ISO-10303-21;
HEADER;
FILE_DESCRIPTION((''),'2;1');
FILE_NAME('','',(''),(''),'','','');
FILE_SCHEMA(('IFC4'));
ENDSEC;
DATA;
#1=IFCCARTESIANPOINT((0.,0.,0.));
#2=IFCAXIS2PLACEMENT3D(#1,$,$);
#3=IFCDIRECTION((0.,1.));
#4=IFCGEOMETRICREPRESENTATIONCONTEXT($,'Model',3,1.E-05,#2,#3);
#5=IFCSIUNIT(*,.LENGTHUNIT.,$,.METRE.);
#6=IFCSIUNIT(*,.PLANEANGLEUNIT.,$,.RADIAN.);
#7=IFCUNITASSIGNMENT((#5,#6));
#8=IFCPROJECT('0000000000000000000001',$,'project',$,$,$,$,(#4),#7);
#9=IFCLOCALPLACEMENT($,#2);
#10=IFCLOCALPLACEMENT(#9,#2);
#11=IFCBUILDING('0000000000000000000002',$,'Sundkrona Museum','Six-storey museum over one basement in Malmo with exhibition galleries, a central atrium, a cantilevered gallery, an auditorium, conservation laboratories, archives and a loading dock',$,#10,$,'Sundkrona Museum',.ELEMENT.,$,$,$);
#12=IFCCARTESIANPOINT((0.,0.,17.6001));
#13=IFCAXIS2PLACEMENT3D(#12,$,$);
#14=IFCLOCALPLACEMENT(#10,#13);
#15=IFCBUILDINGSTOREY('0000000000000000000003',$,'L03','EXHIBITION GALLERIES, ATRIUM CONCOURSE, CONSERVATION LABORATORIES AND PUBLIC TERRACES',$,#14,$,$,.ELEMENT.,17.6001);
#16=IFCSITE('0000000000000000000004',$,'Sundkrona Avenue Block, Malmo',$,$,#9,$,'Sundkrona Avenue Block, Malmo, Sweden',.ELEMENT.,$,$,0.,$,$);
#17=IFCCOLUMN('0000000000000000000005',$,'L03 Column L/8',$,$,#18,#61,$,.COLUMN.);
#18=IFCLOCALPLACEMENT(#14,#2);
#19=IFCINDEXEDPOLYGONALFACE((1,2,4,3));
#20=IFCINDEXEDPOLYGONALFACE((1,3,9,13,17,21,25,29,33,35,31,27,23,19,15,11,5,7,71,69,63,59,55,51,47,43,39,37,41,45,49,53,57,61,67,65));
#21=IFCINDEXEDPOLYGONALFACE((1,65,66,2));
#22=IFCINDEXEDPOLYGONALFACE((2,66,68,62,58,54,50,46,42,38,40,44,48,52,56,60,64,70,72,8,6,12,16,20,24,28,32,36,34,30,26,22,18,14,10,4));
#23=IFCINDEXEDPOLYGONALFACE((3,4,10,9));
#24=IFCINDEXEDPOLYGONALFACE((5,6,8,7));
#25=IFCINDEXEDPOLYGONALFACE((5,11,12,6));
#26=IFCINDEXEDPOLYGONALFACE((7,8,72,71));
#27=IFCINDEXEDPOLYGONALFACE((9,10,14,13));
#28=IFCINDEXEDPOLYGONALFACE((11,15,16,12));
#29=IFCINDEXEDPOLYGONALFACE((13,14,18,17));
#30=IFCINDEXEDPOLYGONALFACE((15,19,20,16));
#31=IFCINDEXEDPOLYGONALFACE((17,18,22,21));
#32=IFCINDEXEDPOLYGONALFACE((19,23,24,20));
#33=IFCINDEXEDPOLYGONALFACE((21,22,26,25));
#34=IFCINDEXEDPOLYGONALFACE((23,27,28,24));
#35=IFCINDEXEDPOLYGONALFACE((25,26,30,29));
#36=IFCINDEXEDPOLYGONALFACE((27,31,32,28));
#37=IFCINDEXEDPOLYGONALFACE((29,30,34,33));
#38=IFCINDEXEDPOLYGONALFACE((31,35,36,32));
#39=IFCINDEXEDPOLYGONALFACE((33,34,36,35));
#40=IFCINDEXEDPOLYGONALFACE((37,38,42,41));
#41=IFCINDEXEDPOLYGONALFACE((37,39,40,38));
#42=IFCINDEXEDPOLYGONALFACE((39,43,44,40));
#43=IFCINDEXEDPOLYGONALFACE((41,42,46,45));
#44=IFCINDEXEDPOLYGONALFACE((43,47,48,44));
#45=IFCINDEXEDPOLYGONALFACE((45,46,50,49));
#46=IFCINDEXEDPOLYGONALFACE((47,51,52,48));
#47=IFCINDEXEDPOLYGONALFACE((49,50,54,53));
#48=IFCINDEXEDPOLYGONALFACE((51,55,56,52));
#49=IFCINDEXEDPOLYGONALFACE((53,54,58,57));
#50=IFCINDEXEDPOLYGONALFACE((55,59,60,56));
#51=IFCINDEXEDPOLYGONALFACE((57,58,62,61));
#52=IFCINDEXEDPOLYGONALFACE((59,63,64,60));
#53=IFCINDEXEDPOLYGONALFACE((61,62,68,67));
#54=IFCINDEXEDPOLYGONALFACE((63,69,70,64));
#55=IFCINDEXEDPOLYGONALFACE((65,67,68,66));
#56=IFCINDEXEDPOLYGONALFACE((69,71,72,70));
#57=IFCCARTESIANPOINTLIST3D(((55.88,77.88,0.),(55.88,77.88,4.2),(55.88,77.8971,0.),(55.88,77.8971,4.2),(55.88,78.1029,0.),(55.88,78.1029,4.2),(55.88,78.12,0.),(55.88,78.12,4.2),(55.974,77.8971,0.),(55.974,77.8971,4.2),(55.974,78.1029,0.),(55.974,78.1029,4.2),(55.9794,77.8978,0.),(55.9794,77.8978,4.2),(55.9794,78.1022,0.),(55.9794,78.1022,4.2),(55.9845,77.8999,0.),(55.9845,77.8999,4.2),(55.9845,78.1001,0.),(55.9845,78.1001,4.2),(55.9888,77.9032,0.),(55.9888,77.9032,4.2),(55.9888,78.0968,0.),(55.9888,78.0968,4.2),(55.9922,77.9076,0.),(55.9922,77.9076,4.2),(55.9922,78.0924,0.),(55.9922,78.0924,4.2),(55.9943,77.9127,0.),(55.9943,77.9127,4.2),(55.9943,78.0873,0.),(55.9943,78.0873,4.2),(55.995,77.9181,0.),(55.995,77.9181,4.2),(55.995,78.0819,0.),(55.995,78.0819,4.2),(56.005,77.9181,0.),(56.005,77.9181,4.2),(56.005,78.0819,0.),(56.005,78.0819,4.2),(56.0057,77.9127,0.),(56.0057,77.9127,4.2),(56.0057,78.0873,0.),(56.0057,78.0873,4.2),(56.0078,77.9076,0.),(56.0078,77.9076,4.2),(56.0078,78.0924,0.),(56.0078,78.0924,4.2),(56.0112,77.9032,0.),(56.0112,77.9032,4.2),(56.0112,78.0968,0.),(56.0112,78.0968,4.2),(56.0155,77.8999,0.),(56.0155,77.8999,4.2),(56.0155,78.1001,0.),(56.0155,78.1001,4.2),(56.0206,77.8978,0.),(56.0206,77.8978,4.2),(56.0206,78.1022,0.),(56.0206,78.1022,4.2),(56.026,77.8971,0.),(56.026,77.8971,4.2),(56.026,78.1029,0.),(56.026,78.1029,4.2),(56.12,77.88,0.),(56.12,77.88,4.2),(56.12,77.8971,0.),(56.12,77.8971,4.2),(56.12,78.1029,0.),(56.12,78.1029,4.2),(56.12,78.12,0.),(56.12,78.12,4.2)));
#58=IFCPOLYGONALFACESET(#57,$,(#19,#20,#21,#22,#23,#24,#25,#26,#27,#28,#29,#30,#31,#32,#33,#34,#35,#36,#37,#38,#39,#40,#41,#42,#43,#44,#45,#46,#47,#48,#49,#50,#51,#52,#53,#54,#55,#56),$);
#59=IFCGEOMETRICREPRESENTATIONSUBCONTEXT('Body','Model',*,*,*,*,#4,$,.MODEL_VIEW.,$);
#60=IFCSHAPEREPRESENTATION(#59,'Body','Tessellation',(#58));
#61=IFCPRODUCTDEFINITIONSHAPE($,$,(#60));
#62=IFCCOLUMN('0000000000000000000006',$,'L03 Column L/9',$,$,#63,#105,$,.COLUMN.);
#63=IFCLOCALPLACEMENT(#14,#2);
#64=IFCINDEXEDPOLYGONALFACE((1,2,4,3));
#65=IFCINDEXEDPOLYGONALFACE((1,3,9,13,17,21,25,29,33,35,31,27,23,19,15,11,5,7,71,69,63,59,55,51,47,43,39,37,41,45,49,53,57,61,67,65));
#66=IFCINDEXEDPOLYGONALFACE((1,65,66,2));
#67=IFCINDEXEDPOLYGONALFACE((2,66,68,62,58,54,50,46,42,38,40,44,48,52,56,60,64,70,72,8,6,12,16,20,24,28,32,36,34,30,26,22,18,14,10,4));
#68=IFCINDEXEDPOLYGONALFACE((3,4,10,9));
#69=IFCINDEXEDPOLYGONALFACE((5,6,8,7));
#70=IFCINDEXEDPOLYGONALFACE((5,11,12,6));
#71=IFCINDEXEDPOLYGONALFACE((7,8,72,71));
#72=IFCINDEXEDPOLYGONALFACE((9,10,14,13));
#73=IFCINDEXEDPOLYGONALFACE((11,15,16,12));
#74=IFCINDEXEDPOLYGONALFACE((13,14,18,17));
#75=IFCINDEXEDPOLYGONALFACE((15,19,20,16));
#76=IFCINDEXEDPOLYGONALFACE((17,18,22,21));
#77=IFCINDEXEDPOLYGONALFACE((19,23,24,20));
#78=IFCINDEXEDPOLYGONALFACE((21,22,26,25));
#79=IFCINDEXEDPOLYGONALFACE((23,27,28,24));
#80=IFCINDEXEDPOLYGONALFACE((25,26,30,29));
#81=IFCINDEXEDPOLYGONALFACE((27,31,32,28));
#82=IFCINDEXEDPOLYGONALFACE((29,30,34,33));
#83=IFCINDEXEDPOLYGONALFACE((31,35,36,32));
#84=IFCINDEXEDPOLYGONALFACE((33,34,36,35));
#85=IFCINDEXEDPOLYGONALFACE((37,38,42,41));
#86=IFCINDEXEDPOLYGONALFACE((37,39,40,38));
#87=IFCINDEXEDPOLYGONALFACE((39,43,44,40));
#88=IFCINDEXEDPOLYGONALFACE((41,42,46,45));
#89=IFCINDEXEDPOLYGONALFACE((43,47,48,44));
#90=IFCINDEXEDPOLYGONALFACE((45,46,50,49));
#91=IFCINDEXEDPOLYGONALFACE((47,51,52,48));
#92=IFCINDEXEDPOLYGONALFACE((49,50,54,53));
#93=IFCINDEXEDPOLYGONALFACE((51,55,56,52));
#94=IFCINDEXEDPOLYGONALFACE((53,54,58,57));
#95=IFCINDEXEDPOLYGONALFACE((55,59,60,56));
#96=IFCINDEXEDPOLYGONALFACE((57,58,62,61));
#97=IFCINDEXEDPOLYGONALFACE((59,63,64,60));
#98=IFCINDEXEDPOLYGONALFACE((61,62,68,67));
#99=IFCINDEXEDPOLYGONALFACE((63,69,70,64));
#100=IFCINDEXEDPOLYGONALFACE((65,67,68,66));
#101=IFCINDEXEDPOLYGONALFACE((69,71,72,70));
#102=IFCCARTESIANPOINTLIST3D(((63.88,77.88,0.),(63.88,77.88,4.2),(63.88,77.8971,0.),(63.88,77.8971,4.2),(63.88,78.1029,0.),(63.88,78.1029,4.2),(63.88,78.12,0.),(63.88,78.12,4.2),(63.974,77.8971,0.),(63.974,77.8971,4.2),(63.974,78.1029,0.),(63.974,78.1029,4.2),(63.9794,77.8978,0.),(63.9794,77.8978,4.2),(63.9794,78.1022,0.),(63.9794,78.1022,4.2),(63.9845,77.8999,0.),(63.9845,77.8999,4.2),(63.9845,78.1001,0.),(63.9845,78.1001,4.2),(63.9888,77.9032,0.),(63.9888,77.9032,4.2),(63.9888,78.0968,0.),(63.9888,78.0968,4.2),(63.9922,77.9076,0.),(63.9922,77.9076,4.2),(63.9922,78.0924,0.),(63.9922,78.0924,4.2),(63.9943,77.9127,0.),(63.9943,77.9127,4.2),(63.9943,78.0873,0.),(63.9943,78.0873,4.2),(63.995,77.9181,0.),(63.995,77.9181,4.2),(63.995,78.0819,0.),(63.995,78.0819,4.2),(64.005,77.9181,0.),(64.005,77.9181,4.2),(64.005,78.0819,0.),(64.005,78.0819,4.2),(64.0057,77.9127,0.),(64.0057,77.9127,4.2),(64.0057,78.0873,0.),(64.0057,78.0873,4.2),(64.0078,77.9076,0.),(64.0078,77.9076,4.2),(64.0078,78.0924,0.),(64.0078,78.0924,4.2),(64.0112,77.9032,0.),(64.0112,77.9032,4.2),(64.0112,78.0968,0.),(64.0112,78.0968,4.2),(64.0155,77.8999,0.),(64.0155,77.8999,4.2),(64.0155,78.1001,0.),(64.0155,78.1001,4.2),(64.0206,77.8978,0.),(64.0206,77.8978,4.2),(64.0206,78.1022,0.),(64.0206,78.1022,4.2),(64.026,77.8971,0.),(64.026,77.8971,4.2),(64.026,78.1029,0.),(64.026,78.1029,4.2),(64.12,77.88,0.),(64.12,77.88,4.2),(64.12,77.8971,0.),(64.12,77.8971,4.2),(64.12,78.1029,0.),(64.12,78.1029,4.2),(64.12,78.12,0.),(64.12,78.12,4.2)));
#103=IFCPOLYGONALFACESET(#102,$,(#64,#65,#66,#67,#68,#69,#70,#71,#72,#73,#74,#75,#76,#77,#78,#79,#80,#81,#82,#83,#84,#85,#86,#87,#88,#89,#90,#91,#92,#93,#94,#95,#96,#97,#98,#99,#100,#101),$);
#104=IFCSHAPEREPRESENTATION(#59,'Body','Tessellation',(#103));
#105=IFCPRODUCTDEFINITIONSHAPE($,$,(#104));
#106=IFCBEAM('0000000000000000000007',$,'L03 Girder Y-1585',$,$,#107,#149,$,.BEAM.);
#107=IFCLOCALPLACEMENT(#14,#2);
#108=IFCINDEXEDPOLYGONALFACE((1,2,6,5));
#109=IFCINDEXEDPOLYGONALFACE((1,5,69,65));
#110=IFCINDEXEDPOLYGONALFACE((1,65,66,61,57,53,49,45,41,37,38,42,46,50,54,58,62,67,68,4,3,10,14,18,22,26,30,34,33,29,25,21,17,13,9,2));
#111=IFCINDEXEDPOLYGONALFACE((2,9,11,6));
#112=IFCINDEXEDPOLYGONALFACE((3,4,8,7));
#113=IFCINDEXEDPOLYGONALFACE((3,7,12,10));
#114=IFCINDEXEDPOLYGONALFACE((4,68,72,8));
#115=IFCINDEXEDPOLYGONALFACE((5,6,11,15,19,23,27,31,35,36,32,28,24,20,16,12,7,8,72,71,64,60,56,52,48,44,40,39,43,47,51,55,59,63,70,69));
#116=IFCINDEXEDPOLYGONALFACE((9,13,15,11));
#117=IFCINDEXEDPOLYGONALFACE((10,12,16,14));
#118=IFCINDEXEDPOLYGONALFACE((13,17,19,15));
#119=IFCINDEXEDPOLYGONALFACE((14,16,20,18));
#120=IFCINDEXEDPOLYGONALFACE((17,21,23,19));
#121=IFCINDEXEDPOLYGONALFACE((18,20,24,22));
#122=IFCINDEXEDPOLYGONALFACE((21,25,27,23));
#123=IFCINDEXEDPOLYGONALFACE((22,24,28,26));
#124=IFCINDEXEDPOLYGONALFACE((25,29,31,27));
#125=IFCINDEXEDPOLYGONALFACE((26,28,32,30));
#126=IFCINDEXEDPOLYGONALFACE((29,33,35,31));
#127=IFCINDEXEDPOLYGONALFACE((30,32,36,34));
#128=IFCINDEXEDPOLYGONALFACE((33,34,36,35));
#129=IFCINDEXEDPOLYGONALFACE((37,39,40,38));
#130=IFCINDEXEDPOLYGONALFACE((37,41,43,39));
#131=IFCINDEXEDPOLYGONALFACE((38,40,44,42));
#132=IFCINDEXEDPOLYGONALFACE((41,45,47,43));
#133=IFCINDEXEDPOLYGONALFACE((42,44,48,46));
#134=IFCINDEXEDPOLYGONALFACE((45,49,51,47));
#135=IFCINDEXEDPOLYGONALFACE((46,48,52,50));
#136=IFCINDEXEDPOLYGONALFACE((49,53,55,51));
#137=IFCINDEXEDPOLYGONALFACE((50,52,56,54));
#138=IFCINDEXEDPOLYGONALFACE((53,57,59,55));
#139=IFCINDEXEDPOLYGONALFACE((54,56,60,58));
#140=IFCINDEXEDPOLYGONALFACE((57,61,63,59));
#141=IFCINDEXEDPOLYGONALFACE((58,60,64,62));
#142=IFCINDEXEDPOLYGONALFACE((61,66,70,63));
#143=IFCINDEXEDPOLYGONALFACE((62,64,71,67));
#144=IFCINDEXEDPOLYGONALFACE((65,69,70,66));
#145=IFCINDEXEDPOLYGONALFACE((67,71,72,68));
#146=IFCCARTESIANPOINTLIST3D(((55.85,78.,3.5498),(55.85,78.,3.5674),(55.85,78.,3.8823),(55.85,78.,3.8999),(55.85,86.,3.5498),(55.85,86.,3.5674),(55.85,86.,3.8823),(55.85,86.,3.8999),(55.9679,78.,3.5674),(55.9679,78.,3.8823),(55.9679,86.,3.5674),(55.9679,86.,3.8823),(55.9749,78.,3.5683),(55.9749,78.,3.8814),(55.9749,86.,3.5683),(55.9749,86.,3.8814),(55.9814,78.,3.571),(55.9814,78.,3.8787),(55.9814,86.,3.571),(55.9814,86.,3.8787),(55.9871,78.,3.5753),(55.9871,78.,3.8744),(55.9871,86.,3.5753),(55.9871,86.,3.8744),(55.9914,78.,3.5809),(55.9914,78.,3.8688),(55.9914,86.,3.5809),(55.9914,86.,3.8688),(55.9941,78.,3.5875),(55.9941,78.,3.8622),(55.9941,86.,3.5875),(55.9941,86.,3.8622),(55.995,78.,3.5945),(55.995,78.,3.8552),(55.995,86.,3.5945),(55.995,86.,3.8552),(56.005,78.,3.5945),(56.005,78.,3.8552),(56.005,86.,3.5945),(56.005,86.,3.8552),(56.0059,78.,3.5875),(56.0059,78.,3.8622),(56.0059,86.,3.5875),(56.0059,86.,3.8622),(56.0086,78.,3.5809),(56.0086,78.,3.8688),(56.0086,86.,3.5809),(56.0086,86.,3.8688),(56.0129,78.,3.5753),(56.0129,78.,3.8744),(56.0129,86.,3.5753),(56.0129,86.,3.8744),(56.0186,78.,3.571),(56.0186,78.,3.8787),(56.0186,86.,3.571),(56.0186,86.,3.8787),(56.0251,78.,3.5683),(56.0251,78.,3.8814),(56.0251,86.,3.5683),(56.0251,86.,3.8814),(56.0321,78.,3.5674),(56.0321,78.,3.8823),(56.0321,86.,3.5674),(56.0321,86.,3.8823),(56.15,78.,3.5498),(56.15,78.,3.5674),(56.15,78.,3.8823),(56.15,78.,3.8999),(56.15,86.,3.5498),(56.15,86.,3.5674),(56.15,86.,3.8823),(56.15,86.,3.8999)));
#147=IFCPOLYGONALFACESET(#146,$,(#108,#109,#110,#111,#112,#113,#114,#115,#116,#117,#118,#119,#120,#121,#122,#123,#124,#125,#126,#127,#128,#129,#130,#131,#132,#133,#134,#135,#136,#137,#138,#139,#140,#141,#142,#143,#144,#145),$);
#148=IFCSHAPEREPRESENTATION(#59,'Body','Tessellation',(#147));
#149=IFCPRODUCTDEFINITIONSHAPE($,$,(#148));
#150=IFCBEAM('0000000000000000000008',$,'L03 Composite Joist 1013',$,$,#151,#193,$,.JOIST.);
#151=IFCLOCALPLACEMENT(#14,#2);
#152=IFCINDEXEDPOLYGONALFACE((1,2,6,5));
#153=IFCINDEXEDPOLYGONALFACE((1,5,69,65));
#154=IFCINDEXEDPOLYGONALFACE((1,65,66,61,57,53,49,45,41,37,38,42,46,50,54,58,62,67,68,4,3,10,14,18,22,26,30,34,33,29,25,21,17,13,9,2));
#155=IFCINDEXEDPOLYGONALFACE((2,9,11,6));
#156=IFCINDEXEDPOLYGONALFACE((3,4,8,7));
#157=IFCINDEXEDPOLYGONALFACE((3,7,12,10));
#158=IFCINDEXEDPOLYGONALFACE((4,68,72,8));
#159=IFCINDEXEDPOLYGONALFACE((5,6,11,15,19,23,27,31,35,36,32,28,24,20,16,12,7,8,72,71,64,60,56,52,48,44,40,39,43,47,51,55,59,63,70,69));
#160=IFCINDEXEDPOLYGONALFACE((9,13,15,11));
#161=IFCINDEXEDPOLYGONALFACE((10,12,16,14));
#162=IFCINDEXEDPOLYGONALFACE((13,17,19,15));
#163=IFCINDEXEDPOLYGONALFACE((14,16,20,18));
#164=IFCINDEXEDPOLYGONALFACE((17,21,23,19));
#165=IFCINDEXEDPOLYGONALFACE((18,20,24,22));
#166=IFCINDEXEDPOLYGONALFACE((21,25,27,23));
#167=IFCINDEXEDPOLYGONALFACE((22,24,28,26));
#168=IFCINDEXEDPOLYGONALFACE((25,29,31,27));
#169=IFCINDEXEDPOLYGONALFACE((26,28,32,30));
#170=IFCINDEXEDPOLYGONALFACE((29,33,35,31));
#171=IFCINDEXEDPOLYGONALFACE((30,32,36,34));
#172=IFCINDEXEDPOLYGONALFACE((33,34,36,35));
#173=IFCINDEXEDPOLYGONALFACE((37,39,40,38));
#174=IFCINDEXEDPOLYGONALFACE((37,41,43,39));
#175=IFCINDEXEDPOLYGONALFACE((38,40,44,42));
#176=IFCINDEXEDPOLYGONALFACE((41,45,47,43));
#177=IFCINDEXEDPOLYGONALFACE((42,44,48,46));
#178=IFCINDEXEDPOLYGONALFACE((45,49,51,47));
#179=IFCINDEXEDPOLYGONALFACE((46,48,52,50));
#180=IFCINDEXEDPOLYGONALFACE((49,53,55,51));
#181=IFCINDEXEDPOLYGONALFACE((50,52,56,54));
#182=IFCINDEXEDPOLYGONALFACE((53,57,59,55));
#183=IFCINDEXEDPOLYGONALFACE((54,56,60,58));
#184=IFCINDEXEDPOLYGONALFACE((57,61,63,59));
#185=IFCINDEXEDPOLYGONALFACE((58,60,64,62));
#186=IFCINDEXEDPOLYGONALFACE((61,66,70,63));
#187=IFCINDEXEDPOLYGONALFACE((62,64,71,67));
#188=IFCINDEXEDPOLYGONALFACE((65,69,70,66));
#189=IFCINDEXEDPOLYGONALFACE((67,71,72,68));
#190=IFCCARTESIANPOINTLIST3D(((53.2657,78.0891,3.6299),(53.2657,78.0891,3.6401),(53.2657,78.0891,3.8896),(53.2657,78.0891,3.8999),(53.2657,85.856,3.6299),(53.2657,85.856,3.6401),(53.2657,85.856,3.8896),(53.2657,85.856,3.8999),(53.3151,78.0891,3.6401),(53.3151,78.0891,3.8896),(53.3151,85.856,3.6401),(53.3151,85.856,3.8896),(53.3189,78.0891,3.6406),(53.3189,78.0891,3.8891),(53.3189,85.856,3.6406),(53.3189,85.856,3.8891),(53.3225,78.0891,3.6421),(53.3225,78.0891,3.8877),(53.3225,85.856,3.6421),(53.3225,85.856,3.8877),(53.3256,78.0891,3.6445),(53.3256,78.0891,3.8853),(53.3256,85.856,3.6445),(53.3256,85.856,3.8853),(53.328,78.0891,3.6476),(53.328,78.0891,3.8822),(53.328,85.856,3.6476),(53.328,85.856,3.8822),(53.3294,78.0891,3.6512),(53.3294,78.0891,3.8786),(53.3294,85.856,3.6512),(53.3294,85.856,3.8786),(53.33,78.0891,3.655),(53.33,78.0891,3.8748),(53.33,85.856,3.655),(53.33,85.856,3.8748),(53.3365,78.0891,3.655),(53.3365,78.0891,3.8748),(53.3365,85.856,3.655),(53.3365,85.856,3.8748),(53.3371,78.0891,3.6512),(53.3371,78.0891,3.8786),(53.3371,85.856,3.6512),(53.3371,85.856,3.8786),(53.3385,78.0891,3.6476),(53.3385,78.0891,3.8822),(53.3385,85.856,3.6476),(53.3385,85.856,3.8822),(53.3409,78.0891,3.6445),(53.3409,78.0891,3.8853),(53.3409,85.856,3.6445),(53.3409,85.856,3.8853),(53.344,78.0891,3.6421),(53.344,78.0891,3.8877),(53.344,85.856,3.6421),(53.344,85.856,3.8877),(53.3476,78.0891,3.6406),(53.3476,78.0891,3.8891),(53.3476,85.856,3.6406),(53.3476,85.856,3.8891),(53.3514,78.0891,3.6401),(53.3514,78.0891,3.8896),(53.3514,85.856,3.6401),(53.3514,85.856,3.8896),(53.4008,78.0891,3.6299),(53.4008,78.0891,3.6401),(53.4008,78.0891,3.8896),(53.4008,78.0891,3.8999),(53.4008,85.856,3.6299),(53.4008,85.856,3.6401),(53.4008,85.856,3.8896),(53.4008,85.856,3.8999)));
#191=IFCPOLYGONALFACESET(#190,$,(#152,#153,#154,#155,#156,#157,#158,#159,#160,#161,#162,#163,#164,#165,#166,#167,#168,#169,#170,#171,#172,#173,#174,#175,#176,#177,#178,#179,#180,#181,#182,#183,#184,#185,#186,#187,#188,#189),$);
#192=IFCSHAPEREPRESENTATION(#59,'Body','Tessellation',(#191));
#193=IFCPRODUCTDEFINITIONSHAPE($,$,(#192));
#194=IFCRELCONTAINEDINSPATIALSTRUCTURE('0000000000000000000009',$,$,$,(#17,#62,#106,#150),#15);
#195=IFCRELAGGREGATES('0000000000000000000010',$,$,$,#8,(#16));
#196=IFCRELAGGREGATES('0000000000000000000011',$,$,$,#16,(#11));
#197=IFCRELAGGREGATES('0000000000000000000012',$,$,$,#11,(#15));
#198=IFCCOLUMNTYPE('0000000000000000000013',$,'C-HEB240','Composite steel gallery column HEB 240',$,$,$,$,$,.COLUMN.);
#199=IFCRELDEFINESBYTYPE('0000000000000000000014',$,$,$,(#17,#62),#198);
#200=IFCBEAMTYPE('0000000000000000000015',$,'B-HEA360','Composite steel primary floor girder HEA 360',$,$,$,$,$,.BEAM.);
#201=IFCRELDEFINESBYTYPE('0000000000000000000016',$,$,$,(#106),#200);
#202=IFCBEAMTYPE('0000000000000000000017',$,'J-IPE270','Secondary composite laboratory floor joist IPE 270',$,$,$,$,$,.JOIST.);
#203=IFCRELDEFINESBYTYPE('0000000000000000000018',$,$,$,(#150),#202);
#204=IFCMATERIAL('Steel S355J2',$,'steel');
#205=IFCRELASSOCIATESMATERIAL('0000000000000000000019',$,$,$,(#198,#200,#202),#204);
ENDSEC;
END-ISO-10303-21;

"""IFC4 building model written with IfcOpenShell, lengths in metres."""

from ifc_helpers import new_model, si_unit, direction, frame, origin, origin_2d, place, context, subcontext, project, spatial, i_section, extrude, material, material_profile, profile_set, type_object, element, save


model = new_model("IFC4")

# Units and contexts
model_context = context("Model", 3, precision=1e-05, world=origin(), true_north=direction((0.0, 1.0)))
body_context = subcontext(model_context, "Body", "Model", "MODEL_VIEW")
ifc_project = project(units=[si_unit("LENGTHUNIT", "METRE"), si_unit("PLANEANGLEUNIT", "RADIAN")], contexts=[model_context])

# Site, building, storey
site_placement = place(None, origin())
site = spatial("IfcSite", under=ifc_project, at=site_placement, Name="Sundkrona Avenue Block, Malmo", LongName="Sundkrona Avenue Block, Malmo, Sweden", CompositionType="ELEMENT", RefElevation=0.0)
building_placement = place(site_placement, origin())
building = spatial("IfcBuilding", under=site, at=building_placement, Name="Sundkrona Museum", Description="Six-storey museum over one basement in Malmo with exhibition galleries, a central atrium, a cantilevered gallery, an auditorium, conservation laboratories, archives and a loading dock", LongName="Sundkrona Museum", CompositionType="ELEMENT")
storey_placement = place(building_placement, frame((0.0, 0.0, 17.6001)))
storey = spatial("IfcBuildingStorey", under=building, at=storey_placement, Name="L03", Description="EXHIBITION GALLERIES, ATRIUM CONCOURSE, CONSERVATION LABORATORIES AND PUBLIC TERRACES", CompositionType="ELEMENT", Elevation=17.6001)

# Columns
ifc_material_1 = material(Name="Steel S355J2", Category="steel")
ifc_material_profile_1 = material_profile(ifc_material_1, i_section(OverallWidth=0.24, OverallDepth=0.24, WebThickness=0.01, FlangeThickness=0.0171, FilletRadius=0.021, at=origin_2d()), Name="HEB 240")
ifc_profile_set_1 = profile_set([ifc_material_profile_1], Name="Steel S355J2")
column_type = type_object("IfcColumnType", Name="C-HEB240", Description="Composite steel gallery column HEB 240", PredefinedType="COLUMN", material=ifc_profile_set_1)
for number, where, z_axis, x_axis, name in (
    (1, (56.0, 78.0, 0.0), (0.0, 0.0, 1.0), (1.0, 0.0, 0.0), "L03 Column L/8"),
    (2, (64.0, 78.0, 0.0), (0.0, 0.0, 1.0), (1.0, 0.0, 0.0), "L03 Column L/9"),
):
    element("IfcColumn", number, at=place(storey_placement, frame(where, z_axis=z_axis, x_axis=x_axis)), inside=storey, type_object=column_type, Name=name, PredefinedType="COLUMN", context=body_context, shape_type="SweptSolid", body=[
        extrude(i_section(OverallWidth=0.24, OverallDepth=0.24, WebThickness=0.01, FlangeThickness=0.0171, FilletRadius=0.021, at=origin_2d()), origin(), (0.0, 0.0, 1.0), 4.2),
    ])

# Beams
ifc_material_profile_2 = material_profile(ifc_material_1, i_section(OverallWidth=0.3, OverallDepth=0.3501, WebThickness=0.01, FlangeThickness=0.0176, FilletRadius=0.0271, at=origin_2d()), Name="HEA 360")
ifc_profile_set_2 = profile_set([ifc_material_profile_2], Name="Steel S355J2")
beam_type_1 = type_object("IfcBeamType", Name="B-HEA360", Description="Composite steel primary floor girder HEA 360", PredefinedType="BEAM", material=ifc_profile_set_2)
beam_1_placement = place(storey_placement, frame((56.0, 78.0, 3.7249), z_axis=(0.0, 1.0, 0.0), x_axis=(-1.0, 0.0, 0.0)))
element("IfcBeam", 3, at=beam_1_placement, inside=storey, type_object=beam_type_1, Name="L03 Girder Y-1585", PredefinedType="BEAM", context=body_context, shape_type="SweptSolid", body=[
    extrude(i_section(OverallWidth=0.3, OverallDepth=0.3501, WebThickness=0.01, FlangeThickness=0.0176, FilletRadius=0.0271, at=origin_2d()), origin(), (0.0, 0.0, 1.0), 8.0),
])
ifc_material_profile_3 = material_profile(ifc_material_1, i_section(OverallWidth=0.135, OverallDepth=0.27, WebThickness=0.0066, FlangeThickness=0.0103, FilletRadius=0.0149, at=origin_2d()), Name="IPE 270")
ifc_profile_set_3 = profile_set([ifc_material_profile_3], Name="Steel S355J2")
beam_type_2 = type_object("IfcBeamType", Name="J-IPE270", Description="Secondary composite laboratory floor joist IPE 270", PredefinedType="JOIST", material=ifc_profile_set_3)
beam_2_placement = place(storey_placement, frame((53.3333, 78.0891, 3.7649), z_axis=(0.0, 1.0, 0.0), x_axis=(-1.0, 0.0, 0.0)))
element("IfcBeam", 4, at=beam_2_placement, inside=storey, type_object=beam_type_2, Name="L03 Composite Joist 1013", PredefinedType="JOIST", context=body_context, shape_type="SweptSolid", body=[
    extrude(i_section(OverallWidth=0.135, OverallDepth=0.27, WebThickness=0.0066, FlangeThickness=0.0103, FilletRadius=0.0149, at=origin_2d()), origin(), (0.0, 0.0, 1.0), 7.7668),
])

save(model, "model.ifc")
